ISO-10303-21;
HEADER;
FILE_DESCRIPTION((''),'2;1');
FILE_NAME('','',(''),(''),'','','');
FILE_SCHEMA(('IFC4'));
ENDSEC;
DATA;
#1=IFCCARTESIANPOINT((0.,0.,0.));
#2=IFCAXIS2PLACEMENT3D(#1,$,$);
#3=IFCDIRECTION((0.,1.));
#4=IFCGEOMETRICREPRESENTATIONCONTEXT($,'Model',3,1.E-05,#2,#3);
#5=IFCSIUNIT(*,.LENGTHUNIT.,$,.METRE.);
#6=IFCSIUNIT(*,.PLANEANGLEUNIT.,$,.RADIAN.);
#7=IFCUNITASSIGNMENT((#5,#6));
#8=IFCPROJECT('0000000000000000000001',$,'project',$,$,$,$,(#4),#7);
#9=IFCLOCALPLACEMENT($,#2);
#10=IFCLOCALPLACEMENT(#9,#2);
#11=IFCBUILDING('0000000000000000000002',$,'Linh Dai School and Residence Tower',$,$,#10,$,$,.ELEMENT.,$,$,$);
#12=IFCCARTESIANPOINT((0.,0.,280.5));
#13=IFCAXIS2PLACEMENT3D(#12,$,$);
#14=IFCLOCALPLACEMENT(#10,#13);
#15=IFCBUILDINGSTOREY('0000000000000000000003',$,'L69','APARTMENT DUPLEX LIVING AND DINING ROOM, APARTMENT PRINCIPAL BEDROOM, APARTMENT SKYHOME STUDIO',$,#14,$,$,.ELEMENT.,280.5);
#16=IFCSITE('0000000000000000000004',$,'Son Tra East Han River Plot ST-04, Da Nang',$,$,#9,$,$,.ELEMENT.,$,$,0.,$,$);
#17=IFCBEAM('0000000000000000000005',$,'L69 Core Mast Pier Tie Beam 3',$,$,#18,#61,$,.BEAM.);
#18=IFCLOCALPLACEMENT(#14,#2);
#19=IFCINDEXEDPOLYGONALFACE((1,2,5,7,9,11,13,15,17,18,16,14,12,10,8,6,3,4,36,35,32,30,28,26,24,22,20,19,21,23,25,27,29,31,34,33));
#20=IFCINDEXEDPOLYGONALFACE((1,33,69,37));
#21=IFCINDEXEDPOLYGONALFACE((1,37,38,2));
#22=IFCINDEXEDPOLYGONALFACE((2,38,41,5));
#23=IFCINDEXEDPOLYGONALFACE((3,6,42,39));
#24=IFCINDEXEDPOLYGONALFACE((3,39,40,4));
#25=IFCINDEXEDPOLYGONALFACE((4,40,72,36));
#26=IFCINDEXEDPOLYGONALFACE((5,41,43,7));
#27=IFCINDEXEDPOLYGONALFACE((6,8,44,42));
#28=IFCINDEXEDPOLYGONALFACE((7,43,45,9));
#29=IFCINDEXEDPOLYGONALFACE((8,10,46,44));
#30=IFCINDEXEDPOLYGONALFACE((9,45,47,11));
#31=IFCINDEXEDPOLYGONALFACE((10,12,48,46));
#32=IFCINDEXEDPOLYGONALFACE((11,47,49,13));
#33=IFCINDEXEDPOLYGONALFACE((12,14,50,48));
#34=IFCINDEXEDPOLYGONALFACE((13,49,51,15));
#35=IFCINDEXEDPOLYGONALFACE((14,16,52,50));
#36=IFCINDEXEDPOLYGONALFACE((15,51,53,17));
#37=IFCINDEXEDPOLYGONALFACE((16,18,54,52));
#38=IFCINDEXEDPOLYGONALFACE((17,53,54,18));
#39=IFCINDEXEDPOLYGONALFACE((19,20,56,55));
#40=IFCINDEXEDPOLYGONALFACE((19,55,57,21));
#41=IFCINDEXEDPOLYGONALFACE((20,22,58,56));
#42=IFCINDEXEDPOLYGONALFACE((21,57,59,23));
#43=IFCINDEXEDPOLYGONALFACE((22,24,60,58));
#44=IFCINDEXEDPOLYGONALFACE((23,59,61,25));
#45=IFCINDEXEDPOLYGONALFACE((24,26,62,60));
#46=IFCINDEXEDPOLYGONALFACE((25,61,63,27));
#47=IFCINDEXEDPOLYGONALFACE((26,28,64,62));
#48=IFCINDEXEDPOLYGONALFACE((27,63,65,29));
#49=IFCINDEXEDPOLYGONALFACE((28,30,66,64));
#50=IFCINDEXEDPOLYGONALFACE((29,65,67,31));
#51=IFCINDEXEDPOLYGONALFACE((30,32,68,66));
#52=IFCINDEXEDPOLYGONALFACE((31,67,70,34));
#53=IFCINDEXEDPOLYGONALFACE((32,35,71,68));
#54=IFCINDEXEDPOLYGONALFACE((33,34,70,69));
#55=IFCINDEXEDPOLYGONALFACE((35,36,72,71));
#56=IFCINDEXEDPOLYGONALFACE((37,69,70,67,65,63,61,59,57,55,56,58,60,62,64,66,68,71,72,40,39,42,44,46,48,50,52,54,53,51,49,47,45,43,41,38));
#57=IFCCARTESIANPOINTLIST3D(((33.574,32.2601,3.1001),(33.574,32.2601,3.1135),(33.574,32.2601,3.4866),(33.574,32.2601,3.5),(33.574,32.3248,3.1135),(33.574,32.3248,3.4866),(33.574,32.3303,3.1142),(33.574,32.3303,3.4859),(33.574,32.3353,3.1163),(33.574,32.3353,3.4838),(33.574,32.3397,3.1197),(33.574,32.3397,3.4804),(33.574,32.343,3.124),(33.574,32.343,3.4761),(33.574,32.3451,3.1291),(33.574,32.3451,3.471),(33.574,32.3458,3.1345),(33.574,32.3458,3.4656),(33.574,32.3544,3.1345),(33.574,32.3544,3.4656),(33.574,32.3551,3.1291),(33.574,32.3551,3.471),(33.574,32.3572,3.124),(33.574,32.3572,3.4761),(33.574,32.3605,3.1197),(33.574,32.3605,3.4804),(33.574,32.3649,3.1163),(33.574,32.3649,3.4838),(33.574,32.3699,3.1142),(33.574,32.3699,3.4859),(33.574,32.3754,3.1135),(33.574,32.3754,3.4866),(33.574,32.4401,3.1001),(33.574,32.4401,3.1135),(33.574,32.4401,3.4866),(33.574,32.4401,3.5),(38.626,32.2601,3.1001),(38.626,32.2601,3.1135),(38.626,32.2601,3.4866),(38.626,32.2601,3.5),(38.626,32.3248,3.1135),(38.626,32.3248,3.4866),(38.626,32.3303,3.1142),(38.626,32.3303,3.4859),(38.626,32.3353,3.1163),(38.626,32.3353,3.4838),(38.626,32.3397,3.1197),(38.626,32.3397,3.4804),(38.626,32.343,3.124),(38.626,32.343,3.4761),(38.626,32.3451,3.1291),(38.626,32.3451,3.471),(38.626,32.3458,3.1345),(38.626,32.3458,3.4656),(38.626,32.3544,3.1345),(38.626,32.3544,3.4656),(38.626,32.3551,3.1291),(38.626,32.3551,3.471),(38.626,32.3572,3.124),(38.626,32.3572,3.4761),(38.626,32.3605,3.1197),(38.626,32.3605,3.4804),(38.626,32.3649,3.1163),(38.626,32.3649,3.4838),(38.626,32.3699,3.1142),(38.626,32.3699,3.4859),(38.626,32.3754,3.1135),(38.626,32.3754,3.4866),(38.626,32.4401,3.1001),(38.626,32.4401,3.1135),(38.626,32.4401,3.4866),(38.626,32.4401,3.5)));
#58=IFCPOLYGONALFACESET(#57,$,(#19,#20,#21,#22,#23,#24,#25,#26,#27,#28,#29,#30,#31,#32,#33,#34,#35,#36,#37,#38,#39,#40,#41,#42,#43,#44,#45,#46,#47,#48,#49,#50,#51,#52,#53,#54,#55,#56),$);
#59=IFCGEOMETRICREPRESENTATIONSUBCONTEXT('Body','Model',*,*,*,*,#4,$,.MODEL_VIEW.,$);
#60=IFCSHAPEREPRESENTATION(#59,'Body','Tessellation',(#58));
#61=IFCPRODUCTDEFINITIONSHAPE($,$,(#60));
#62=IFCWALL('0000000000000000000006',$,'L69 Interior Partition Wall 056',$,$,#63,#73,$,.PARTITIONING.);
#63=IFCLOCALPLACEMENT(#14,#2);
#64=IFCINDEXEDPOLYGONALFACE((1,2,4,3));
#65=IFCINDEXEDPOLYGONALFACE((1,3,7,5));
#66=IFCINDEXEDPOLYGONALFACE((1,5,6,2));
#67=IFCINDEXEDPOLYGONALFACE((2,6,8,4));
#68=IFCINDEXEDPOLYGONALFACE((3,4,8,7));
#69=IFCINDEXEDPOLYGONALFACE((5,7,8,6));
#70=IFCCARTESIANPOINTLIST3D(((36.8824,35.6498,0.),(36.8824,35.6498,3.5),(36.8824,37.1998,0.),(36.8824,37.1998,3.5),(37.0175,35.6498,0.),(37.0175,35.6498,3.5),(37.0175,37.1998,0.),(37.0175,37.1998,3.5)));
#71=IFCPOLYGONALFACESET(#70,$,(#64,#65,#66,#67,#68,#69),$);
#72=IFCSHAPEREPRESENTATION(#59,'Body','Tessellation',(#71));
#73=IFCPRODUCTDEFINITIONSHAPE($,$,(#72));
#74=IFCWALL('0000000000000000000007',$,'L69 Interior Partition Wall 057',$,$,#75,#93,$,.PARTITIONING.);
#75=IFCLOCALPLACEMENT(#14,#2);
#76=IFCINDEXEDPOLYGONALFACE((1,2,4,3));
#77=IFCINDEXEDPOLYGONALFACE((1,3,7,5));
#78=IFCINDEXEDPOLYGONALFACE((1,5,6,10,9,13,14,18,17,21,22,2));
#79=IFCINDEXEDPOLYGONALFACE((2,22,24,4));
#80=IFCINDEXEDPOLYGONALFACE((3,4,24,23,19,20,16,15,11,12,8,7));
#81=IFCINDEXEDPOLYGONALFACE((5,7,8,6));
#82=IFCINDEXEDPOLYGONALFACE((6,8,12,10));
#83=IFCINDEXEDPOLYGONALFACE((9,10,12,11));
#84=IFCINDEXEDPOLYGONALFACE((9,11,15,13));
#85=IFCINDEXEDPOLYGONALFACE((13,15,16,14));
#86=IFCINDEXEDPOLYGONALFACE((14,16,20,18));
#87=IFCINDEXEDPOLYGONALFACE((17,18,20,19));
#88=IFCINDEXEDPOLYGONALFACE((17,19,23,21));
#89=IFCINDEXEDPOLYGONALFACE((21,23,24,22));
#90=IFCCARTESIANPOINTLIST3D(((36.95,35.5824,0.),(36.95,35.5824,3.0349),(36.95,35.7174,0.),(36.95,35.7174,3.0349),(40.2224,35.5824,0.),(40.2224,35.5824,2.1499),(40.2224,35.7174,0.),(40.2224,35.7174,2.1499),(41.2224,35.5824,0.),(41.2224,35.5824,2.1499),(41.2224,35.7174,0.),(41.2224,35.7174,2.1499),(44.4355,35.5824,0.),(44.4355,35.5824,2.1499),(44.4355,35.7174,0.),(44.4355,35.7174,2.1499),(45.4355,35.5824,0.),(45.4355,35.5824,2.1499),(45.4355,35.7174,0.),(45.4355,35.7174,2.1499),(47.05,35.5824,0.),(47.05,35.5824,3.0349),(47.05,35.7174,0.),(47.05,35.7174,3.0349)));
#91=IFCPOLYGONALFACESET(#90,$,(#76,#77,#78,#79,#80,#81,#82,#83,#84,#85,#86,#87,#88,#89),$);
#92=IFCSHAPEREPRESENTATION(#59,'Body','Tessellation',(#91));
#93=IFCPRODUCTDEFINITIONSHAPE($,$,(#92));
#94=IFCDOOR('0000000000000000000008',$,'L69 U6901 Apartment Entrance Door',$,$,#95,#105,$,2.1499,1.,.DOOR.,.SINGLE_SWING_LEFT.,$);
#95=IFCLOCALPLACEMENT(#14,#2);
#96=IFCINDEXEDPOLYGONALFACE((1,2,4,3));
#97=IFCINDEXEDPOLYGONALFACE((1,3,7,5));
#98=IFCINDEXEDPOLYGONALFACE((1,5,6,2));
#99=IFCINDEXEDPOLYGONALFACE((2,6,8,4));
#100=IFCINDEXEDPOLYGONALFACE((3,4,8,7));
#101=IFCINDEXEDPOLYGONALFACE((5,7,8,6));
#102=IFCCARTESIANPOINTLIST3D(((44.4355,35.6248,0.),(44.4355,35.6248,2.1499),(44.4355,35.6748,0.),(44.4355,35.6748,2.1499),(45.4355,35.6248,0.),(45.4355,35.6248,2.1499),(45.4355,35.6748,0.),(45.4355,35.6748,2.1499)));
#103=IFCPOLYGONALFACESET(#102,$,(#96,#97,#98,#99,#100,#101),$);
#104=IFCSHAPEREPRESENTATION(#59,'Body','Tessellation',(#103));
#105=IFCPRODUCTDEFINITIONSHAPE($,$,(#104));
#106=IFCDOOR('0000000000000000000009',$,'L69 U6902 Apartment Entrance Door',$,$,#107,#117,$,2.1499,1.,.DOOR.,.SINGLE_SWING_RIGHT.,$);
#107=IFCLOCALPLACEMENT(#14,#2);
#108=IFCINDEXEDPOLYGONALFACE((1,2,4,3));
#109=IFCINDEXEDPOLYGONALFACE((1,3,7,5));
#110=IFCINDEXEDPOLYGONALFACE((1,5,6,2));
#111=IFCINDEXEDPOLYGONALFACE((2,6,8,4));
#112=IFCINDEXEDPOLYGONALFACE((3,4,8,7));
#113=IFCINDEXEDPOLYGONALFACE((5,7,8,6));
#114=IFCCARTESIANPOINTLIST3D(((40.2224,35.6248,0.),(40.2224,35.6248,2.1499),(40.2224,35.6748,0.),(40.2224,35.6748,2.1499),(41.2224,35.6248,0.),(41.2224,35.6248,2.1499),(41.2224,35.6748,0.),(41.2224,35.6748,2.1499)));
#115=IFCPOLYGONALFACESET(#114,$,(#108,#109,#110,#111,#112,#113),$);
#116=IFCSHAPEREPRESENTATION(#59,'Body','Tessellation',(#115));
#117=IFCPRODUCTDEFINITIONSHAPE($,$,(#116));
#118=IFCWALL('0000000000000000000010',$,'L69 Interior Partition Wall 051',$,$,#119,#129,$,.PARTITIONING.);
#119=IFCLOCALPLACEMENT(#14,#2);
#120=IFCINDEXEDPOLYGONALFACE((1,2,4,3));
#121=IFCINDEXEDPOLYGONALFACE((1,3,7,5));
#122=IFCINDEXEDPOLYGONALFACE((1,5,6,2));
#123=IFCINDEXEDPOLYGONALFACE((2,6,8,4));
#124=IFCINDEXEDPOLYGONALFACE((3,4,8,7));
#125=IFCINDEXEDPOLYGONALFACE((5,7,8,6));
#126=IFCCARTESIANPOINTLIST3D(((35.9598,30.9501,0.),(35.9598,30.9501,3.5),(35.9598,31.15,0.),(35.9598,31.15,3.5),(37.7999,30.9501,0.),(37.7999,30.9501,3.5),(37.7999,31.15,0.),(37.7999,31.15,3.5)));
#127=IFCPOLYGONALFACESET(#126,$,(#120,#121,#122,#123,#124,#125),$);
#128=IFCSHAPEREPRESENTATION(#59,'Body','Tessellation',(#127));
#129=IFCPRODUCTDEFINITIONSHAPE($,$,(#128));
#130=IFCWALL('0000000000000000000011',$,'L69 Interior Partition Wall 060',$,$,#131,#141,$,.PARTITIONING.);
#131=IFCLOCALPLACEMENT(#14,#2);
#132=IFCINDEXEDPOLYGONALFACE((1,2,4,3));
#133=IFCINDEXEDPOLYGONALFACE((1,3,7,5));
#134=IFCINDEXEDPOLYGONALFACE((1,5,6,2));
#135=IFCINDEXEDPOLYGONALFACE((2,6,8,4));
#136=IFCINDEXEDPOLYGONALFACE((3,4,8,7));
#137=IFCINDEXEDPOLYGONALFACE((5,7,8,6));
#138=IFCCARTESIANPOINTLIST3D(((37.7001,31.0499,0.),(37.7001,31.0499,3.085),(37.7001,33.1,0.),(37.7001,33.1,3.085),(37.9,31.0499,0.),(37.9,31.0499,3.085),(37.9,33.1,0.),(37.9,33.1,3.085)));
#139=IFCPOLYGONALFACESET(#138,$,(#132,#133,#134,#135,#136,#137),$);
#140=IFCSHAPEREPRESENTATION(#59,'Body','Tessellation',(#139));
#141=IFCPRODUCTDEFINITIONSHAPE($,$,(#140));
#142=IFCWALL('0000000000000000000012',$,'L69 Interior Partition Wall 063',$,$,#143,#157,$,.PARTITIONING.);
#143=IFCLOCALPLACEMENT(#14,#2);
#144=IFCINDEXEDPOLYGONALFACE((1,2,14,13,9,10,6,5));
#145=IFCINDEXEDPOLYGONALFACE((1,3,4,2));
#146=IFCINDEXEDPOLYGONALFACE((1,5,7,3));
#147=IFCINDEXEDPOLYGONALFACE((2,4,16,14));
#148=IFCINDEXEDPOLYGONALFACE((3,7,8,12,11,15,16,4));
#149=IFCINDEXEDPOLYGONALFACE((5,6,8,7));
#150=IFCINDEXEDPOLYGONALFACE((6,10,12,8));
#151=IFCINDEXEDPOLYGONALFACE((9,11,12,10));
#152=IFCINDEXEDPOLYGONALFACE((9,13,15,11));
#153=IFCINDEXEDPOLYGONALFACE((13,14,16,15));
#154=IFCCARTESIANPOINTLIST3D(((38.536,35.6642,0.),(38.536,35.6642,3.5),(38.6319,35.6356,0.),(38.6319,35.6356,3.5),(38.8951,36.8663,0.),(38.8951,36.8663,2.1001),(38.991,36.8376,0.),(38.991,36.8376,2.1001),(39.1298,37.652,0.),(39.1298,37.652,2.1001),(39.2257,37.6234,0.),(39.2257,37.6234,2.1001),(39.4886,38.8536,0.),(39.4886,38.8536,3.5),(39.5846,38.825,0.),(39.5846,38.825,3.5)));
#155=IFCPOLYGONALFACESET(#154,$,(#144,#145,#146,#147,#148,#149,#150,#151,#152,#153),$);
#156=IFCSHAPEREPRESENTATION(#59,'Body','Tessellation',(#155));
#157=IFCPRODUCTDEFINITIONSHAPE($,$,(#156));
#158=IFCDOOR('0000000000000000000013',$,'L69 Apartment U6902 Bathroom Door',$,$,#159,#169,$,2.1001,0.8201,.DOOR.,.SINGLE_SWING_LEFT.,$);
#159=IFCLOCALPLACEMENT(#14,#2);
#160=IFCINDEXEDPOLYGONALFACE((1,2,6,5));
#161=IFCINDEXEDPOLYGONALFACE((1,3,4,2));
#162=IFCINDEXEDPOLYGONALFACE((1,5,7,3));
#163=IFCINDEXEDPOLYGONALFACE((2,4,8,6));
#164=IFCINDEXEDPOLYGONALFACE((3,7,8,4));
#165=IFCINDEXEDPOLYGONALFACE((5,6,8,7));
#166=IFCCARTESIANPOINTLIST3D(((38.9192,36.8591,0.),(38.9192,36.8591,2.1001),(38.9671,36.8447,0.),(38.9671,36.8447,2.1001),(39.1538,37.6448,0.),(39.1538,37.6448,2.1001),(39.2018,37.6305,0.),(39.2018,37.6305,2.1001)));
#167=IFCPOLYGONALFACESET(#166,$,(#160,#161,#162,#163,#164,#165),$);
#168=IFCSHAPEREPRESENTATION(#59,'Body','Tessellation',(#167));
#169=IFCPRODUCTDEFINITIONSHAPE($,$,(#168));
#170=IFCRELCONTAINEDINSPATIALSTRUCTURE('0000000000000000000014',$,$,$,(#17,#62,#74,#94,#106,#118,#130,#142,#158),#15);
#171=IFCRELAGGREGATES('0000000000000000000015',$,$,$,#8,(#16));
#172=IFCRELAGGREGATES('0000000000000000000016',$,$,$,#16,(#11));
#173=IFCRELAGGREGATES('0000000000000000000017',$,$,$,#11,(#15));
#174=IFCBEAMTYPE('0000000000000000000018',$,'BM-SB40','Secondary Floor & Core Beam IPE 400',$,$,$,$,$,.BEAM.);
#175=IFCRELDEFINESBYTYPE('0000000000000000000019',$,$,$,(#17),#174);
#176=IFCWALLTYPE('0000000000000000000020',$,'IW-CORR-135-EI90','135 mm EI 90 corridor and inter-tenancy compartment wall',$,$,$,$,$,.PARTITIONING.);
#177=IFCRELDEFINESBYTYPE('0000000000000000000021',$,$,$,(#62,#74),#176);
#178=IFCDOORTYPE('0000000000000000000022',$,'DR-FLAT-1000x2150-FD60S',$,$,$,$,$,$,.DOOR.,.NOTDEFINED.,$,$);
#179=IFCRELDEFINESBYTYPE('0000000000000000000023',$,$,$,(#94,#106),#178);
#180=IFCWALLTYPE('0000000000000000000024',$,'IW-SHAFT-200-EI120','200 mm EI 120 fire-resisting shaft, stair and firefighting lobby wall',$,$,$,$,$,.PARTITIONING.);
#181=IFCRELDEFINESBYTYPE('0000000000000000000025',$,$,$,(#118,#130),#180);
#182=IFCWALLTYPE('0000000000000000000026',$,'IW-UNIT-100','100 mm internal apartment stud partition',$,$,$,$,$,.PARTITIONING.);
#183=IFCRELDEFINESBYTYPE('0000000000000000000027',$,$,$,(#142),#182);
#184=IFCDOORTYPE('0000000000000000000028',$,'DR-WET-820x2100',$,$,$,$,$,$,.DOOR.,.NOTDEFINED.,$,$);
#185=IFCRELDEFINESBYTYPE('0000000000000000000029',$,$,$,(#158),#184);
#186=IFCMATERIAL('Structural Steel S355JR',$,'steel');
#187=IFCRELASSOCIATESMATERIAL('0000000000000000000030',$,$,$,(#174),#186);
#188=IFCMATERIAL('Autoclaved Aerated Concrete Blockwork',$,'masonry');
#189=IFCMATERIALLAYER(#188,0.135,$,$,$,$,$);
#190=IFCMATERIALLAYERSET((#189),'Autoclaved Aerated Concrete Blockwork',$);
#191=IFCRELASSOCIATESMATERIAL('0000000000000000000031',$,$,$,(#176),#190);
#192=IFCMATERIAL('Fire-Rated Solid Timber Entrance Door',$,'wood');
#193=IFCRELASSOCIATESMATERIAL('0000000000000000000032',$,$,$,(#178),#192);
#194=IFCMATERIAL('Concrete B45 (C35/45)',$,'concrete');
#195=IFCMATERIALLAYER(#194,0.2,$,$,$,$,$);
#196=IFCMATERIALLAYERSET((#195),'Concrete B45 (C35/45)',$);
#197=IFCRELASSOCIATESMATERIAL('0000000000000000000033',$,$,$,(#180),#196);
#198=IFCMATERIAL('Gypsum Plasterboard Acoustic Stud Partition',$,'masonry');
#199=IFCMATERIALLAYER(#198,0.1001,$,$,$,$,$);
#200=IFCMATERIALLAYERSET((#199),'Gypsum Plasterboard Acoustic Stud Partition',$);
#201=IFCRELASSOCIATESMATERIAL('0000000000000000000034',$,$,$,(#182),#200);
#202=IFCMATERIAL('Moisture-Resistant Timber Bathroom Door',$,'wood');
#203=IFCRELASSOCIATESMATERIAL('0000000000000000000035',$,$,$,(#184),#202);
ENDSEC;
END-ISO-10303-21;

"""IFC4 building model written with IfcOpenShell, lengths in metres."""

from ifc_helpers import new_model, si_unit, direction, frame, frame_2d, origin, origin_2d, place, context, subcontext, project, spatial, rectangle, i_section, extrude, source, transform, mapped, material, layer, layer_set, material_profile, profile_set, type_object, element, fill, save


model = new_model("IFC4")

# Units and contexts
model_context = context("Model", 3, precision=1e-05, world=origin(), true_north=direction((0.0, 1.0)))
body_context = subcontext(model_context, "Body", "Model", "MODEL_VIEW")
ifc_project = project(units=[si_unit("LENGTHUNIT", "METRE"), si_unit("PLANEANGLEUNIT", "RADIAN")], contexts=[model_context])

# Site, building, storey
site_placement = place(None, origin())
site = spatial("IfcSite", under=ifc_project, at=site_placement, Name="Son Tra East Han River Plot ST-04, Da Nang", CompositionType="ELEMENT", RefElevation=0.0)
building_placement = place(site_placement, origin())
building = spatial("IfcBuilding", under=site, at=building_placement, Name="Linh Dai School and Residence Tower", CompositionType="ELEMENT")
storey_placement = place(building_placement, frame((0.0, 0.0, 280.5)))
storey = spatial("IfcBuildingStorey", under=building, at=storey_placement, Name="L69", Description="APARTMENT DUPLEX LIVING AND DINING ROOM, APARTMENT PRINCIPAL BEDROOM, APARTMENT SKYHOME STUDIO", CompositionType="ELEMENT", Elevation=280.5)

# Shared definitions
ifc_material_1 = material(Name="Structural Steel S355JR", Category="steel")

# Beam
ifc_material_profile_1 = material_profile(ifc_material_1, i_section(OverallWidth=0.1799, OverallDepth=0.3999, WebThickness=0.0085, FlangeThickness=0.0134, FilletRadius=0.021, at=origin_2d()), Name="IPE 400")
ifc_profile_set_1 = profile_set([ifc_material_profile_1], Name="Structural Steel S355JR")
beam_type_1 = type_object("IfcBeamType", Name="BM-SB40", Description="Secondary Floor & Core Beam IPE 400", PredefinedType="BEAM", material=ifc_profile_set_1)
beam_1_placement = place(storey_placement, frame((38.626, 32.3501, 3.3), z_axis=(-1.0, 0.0, 0.0), x_axis=(0.0, -1.0, 0.0)))
element("IfcBeam", 1, at=beam_1_placement, inside=storey, type_object=beam_type_1, Name="L69 Core Mast Pier Tie Beam 3", PredefinedType="BEAM", context=body_context, shape_type="SweptSolid", body=[
    extrude(i_section(OverallWidth=0.1799, OverallDepth=0.3999, WebThickness=0.0085, FlangeThickness=0.0134, FilletRadius=0.021, at=origin_2d()), origin(), (0.0, 0.0, 1.0), 5.052),
])

# Wall
ifc_material_2 = material(Name="Autoclaved Aerated Concrete Blockwork", Category="masonry")
ifc_layer_1 = layer(ifc_material_2, 0.135)
ifc_layer_set_1 = layer_set([ifc_layer_1], Name="Autoclaved Aerated Concrete Blockwork")
wall_type_1 = type_object("IfcWallType", Name="IW-CORR-135-EI90", Description="135 mm EI 90 corridor and inter-tenancy compartment wall", PredefinedType="PARTITIONING", material=ifc_layer_set_1)
wall_1_placement = place(storey_placement, frame((36.95, 35.6499, 0.0), z_axis=(0.0, 0.0, 1.0), x_axis=(0.0, 1.0, 0.0)))
element("IfcWall", 2, at=wall_1_placement, inside=storey, type_object=wall_type_1, Name="L69 Interior Partition Wall 056", PredefinedType="PARTITIONING", context=body_context, shape_type="SweptSolid", body=[
    extrude(rectangle(XDim=1.55, YDim=0.135, at=frame_2d((0.7749, 0.0))), origin(), (0.0, 0.0, 1.0), 3.5),
])

# Wall, openings, doors
wall_2_placement = place(storey_placement, frame((36.95, 35.6499, 0.0), z_axis=(0.0, 0.0, 1.0), x_axis=(1.0, 0.0, 0.0)))
wall_2 = element("IfcWall", 3, at=wall_2_placement, inside=storey, type_object=wall_type_1, Name="L69 Interior Partition Wall 057", PredefinedType="PARTITIONING", context=body_context, shape_type="SweptSolid", body=[
    extrude(rectangle(XDim=10.1001, YDim=0.135, at=frame_2d((5.05, 0.0))), origin(), (0.0, 0.0, 1.0), 3.0349),
])
opening_1_placement = place(wall_2_placement, frame((7.4856, 0.0, 0.0)))
opening_1 = element("IfcOpeningElement", 4, at=opening_1_placement, cuts=wall_2, PredefinedType="OPENING", context=body_context, shape_type="SweptSolid", body=[
    extrude(rectangle(XDim=1.0, YDim=2.1499, at=origin_2d()), frame((0.5, 0.0776, 1.075), z_axis=(0.0, -1.0, 0.0), x_axis=(1.0, 0.0, 0.0)), (0.0, 0.0, 1.0), 0.155),
])
opening_2_placement = place(wall_2_placement, frame((3.2725, 0.0, 0.0)))
opening_2 = element("IfcOpeningElement", 5, at=opening_2_placement, cuts=wall_2, PredefinedType="OPENING", context=body_context, shape_type="SweptSolid", body=[
    extrude(rectangle(XDim=1.0, YDim=2.1499, at=origin_2d()), frame((0.5, 0.0776, 1.075), z_axis=(0.0, -1.0, 0.0), x_axis=(1.0, 0.0, 0.0)), (0.0, 0.0, 1.0), 0.155),
])
ifc_material_3 = material(Name="Fire-Rated Solid Timber Entrance Door", Category="wood")
door_type_1 = type_object("IfcDoorType", Name="DR-FLAT-1000x2150-FD60S", OperationType="NOTDEFINED", PredefinedType="DOOR", material=ifc_material_3)
shared_shape_1 = source(origin(), body_context, "Body", "SweptSolid", [
    extrude(rectangle(XDim=1.0, YDim=2.1499, at=origin_2d()), frame((0.5, 0.0249, 1.075), z_axis=(0.0, -1.0, 0.0), x_axis=(1.0, 0.0, 0.0)), (0.0, 0.0, 1.0), 0.05),
])
door_1_placement = place(opening_1_placement, origin())
door_1 = element("IfcDoor", 6, at=door_1_placement, inside=storey, type_object=door_type_1, Name="L69 U6901 Apartment Entrance Door", OperationType="SINGLE_SWING_LEFT", OverallHeight=2.1499, OverallWidth=1.0, PredefinedType="DOOR", context=body_context, shape_type="MappedRepresentation", body=[
    mapped(shared_shape_1, transform((0.0, 0.0, 0.0), x_axis=(1.0, 0.0, 0.0), y_axis=(0.0, 1.0, 0.0), z_axis=(0.0, 0.0, 1.0), scale=1.0)),
])
fill(opening_1, door_1)
door_2_placement = place(opening_2_placement, origin())
door_2 = element("IfcDoor", 7, at=door_2_placement, inside=storey, type_object=door_type_1, Name="L69 U6902 Apartment Entrance Door", OperationType="SINGLE_SWING_RIGHT", OverallHeight=2.1499, OverallWidth=1.0, PredefinedType="DOOR", context=body_context, shape_type="MappedRepresentation", body=[
    mapped(shared_shape_1, transform((0.0, 0.0, 0.0), x_axis=(1.0, 0.0, 0.0), y_axis=(0.0, 1.0, 0.0), z_axis=(0.0, 0.0, 1.0), scale=1.0)),
])
fill(opening_2, door_2)
ifc_material_4 = material(Name="Concrete B45 (C35/45)", Category="concrete")
ifc_layer_2 = layer(ifc_material_4, 0.2)
ifc_layer_set_2 = layer_set([ifc_layer_2], Name="Concrete B45 (C35/45)")
wall_type_2 = type_object("IfcWallType", Name="IW-SHAFT-200-EI120", Description="200 mm EI 120 fire-resisting shaft, stair and firefighting lobby wall", PredefinedType="PARTITIONING", material=ifc_layer_set_2)

# Walls
wall_3_placement = place(storey_placement, frame((35.96, 31.05, 0.0), z_axis=(0.0, 0.0, 1.0), x_axis=(1.0, 0.0, 0.0)))
element("IfcWall", 8, at=wall_3_placement, inside=storey, type_object=wall_type_2, Name="L69 Interior Partition Wall 051", PredefinedType="PARTITIONING", context=body_context, shape_type="SweptSolid", body=[
    extrude(rectangle(XDim=1.8401, YDim=0.2, at=frame_2d((0.9199, 0.0))), origin(), (0.0, 0.0, 1.0), 3.5),
])
wall_4_placement = place(storey_placement, frame((37.8, 31.05, 0.0), z_axis=(0.0, 0.0, 1.0), x_axis=(0.0, 1.0, 0.0)))
element("IfcWall", 9, at=wall_4_placement, inside=storey, type_object=wall_type_2, Name="L69 Interior Partition Wall 060", PredefinedType="PARTITIONING", context=body_context, shape_type="SweptSolid", body=[
    extrude(rectangle(XDim=2.05, YDim=0.2, at=frame_2d((1.0249, 0.0))), origin(), (0.0, 0.0, 1.0), 3.085),
])

# Wall, opening, door
ifc_material_5 = material(Name="Gypsum Plasterboard Acoustic Stud Partition", Category="masonry")
ifc_layer_3 = layer(ifc_material_5, 0.1001)
ifc_layer_set_3 = layer_set([ifc_layer_3], Name="Gypsum Plasterboard Acoustic Stud Partition")
wall_type_3 = type_object("IfcWallType", Name="IW-UNIT-100", Description="100 mm internal apartment stud partition", PredefinedType="PARTITIONING", material=ifc_layer_set_3)
wall_5_placement = place(storey_placement, frame((38.584, 35.6499, 0.0), z_axis=(0.0, 0.0, 1.0), x_axis=(0.28619, 0.958173, 0.0)))
wall_5 = element("IfcWall", 10, at=wall_5_placement, inside=storey, type_object=wall_type_3, Name="L69 Interior Partition Wall 063", PredefinedType="PARTITIONING", context=body_context, shape_type="SweptSolid", body=[
    extrude(rectangle(XDim=3.3286, YDim=0.1001, at=frame_2d((1.6643, 0.0))), origin(), (0.0, 0.0, 1.0), 3.5),
])
opening_3_placement = place(wall_5_placement, frame((1.2544, 0.0, 0.0)))
opening_3 = element("IfcOpeningElement", 11, at=opening_3_placement, cuts=wall_5, PredefinedType="OPENING", context=body_context, shape_type="SweptSolid", body=[
    extrude(rectangle(XDim=0.8201, YDim=2.1001, at=origin_2d()), frame((0.4102, 0.0601, 1.05), z_axis=(0.0, -1.0, 0.0), x_axis=(1.0, 0.0, 0.0)), (0.0, 0.0, 1.0), 0.1201),
])
ifc_material_6 = material(Name="Moisture-Resistant Timber Bathroom Door", Category="wood")
door_type_2 = type_object("IfcDoorType", Name="DR-WET-820x2100", OperationType="NOTDEFINED", PredefinedType="DOOR", material=ifc_material_6)
shared_shape_2 = source(origin(), body_context, "Body", "SweptSolid", [
    extrude(rectangle(XDim=0.8201, YDim=2.1001, at=origin_2d()), frame((0.4102, 0.0249, 1.05), z_axis=(0.0, -1.0, 0.0), x_axis=(1.0, 0.0, 0.0)), (0.0, 0.0, 1.0), 0.05),
])
door_3_placement = place(opening_3_placement, origin())
door_3 = element("IfcDoor", 12, at=door_3_placement, inside=storey, type_object=door_type_2, Name="L69 Apartment U6902 Bathroom Door", OperationType="SINGLE_SWING_LEFT", OverallHeight=2.1001, OverallWidth=0.8201, PredefinedType="DOOR", context=body_context, shape_type="MappedRepresentation", body=[
    mapped(shared_shape_2, transform((0.0, 0.0, 0.0), x_axis=(1.0, 0.0, 0.0), y_axis=(0.0, 1.0, 0.0), z_axis=(0.0, 0.0, 1.0), scale=1.0)),
])
fill(opening_3, door_3)

save(model, "model.ifc")
